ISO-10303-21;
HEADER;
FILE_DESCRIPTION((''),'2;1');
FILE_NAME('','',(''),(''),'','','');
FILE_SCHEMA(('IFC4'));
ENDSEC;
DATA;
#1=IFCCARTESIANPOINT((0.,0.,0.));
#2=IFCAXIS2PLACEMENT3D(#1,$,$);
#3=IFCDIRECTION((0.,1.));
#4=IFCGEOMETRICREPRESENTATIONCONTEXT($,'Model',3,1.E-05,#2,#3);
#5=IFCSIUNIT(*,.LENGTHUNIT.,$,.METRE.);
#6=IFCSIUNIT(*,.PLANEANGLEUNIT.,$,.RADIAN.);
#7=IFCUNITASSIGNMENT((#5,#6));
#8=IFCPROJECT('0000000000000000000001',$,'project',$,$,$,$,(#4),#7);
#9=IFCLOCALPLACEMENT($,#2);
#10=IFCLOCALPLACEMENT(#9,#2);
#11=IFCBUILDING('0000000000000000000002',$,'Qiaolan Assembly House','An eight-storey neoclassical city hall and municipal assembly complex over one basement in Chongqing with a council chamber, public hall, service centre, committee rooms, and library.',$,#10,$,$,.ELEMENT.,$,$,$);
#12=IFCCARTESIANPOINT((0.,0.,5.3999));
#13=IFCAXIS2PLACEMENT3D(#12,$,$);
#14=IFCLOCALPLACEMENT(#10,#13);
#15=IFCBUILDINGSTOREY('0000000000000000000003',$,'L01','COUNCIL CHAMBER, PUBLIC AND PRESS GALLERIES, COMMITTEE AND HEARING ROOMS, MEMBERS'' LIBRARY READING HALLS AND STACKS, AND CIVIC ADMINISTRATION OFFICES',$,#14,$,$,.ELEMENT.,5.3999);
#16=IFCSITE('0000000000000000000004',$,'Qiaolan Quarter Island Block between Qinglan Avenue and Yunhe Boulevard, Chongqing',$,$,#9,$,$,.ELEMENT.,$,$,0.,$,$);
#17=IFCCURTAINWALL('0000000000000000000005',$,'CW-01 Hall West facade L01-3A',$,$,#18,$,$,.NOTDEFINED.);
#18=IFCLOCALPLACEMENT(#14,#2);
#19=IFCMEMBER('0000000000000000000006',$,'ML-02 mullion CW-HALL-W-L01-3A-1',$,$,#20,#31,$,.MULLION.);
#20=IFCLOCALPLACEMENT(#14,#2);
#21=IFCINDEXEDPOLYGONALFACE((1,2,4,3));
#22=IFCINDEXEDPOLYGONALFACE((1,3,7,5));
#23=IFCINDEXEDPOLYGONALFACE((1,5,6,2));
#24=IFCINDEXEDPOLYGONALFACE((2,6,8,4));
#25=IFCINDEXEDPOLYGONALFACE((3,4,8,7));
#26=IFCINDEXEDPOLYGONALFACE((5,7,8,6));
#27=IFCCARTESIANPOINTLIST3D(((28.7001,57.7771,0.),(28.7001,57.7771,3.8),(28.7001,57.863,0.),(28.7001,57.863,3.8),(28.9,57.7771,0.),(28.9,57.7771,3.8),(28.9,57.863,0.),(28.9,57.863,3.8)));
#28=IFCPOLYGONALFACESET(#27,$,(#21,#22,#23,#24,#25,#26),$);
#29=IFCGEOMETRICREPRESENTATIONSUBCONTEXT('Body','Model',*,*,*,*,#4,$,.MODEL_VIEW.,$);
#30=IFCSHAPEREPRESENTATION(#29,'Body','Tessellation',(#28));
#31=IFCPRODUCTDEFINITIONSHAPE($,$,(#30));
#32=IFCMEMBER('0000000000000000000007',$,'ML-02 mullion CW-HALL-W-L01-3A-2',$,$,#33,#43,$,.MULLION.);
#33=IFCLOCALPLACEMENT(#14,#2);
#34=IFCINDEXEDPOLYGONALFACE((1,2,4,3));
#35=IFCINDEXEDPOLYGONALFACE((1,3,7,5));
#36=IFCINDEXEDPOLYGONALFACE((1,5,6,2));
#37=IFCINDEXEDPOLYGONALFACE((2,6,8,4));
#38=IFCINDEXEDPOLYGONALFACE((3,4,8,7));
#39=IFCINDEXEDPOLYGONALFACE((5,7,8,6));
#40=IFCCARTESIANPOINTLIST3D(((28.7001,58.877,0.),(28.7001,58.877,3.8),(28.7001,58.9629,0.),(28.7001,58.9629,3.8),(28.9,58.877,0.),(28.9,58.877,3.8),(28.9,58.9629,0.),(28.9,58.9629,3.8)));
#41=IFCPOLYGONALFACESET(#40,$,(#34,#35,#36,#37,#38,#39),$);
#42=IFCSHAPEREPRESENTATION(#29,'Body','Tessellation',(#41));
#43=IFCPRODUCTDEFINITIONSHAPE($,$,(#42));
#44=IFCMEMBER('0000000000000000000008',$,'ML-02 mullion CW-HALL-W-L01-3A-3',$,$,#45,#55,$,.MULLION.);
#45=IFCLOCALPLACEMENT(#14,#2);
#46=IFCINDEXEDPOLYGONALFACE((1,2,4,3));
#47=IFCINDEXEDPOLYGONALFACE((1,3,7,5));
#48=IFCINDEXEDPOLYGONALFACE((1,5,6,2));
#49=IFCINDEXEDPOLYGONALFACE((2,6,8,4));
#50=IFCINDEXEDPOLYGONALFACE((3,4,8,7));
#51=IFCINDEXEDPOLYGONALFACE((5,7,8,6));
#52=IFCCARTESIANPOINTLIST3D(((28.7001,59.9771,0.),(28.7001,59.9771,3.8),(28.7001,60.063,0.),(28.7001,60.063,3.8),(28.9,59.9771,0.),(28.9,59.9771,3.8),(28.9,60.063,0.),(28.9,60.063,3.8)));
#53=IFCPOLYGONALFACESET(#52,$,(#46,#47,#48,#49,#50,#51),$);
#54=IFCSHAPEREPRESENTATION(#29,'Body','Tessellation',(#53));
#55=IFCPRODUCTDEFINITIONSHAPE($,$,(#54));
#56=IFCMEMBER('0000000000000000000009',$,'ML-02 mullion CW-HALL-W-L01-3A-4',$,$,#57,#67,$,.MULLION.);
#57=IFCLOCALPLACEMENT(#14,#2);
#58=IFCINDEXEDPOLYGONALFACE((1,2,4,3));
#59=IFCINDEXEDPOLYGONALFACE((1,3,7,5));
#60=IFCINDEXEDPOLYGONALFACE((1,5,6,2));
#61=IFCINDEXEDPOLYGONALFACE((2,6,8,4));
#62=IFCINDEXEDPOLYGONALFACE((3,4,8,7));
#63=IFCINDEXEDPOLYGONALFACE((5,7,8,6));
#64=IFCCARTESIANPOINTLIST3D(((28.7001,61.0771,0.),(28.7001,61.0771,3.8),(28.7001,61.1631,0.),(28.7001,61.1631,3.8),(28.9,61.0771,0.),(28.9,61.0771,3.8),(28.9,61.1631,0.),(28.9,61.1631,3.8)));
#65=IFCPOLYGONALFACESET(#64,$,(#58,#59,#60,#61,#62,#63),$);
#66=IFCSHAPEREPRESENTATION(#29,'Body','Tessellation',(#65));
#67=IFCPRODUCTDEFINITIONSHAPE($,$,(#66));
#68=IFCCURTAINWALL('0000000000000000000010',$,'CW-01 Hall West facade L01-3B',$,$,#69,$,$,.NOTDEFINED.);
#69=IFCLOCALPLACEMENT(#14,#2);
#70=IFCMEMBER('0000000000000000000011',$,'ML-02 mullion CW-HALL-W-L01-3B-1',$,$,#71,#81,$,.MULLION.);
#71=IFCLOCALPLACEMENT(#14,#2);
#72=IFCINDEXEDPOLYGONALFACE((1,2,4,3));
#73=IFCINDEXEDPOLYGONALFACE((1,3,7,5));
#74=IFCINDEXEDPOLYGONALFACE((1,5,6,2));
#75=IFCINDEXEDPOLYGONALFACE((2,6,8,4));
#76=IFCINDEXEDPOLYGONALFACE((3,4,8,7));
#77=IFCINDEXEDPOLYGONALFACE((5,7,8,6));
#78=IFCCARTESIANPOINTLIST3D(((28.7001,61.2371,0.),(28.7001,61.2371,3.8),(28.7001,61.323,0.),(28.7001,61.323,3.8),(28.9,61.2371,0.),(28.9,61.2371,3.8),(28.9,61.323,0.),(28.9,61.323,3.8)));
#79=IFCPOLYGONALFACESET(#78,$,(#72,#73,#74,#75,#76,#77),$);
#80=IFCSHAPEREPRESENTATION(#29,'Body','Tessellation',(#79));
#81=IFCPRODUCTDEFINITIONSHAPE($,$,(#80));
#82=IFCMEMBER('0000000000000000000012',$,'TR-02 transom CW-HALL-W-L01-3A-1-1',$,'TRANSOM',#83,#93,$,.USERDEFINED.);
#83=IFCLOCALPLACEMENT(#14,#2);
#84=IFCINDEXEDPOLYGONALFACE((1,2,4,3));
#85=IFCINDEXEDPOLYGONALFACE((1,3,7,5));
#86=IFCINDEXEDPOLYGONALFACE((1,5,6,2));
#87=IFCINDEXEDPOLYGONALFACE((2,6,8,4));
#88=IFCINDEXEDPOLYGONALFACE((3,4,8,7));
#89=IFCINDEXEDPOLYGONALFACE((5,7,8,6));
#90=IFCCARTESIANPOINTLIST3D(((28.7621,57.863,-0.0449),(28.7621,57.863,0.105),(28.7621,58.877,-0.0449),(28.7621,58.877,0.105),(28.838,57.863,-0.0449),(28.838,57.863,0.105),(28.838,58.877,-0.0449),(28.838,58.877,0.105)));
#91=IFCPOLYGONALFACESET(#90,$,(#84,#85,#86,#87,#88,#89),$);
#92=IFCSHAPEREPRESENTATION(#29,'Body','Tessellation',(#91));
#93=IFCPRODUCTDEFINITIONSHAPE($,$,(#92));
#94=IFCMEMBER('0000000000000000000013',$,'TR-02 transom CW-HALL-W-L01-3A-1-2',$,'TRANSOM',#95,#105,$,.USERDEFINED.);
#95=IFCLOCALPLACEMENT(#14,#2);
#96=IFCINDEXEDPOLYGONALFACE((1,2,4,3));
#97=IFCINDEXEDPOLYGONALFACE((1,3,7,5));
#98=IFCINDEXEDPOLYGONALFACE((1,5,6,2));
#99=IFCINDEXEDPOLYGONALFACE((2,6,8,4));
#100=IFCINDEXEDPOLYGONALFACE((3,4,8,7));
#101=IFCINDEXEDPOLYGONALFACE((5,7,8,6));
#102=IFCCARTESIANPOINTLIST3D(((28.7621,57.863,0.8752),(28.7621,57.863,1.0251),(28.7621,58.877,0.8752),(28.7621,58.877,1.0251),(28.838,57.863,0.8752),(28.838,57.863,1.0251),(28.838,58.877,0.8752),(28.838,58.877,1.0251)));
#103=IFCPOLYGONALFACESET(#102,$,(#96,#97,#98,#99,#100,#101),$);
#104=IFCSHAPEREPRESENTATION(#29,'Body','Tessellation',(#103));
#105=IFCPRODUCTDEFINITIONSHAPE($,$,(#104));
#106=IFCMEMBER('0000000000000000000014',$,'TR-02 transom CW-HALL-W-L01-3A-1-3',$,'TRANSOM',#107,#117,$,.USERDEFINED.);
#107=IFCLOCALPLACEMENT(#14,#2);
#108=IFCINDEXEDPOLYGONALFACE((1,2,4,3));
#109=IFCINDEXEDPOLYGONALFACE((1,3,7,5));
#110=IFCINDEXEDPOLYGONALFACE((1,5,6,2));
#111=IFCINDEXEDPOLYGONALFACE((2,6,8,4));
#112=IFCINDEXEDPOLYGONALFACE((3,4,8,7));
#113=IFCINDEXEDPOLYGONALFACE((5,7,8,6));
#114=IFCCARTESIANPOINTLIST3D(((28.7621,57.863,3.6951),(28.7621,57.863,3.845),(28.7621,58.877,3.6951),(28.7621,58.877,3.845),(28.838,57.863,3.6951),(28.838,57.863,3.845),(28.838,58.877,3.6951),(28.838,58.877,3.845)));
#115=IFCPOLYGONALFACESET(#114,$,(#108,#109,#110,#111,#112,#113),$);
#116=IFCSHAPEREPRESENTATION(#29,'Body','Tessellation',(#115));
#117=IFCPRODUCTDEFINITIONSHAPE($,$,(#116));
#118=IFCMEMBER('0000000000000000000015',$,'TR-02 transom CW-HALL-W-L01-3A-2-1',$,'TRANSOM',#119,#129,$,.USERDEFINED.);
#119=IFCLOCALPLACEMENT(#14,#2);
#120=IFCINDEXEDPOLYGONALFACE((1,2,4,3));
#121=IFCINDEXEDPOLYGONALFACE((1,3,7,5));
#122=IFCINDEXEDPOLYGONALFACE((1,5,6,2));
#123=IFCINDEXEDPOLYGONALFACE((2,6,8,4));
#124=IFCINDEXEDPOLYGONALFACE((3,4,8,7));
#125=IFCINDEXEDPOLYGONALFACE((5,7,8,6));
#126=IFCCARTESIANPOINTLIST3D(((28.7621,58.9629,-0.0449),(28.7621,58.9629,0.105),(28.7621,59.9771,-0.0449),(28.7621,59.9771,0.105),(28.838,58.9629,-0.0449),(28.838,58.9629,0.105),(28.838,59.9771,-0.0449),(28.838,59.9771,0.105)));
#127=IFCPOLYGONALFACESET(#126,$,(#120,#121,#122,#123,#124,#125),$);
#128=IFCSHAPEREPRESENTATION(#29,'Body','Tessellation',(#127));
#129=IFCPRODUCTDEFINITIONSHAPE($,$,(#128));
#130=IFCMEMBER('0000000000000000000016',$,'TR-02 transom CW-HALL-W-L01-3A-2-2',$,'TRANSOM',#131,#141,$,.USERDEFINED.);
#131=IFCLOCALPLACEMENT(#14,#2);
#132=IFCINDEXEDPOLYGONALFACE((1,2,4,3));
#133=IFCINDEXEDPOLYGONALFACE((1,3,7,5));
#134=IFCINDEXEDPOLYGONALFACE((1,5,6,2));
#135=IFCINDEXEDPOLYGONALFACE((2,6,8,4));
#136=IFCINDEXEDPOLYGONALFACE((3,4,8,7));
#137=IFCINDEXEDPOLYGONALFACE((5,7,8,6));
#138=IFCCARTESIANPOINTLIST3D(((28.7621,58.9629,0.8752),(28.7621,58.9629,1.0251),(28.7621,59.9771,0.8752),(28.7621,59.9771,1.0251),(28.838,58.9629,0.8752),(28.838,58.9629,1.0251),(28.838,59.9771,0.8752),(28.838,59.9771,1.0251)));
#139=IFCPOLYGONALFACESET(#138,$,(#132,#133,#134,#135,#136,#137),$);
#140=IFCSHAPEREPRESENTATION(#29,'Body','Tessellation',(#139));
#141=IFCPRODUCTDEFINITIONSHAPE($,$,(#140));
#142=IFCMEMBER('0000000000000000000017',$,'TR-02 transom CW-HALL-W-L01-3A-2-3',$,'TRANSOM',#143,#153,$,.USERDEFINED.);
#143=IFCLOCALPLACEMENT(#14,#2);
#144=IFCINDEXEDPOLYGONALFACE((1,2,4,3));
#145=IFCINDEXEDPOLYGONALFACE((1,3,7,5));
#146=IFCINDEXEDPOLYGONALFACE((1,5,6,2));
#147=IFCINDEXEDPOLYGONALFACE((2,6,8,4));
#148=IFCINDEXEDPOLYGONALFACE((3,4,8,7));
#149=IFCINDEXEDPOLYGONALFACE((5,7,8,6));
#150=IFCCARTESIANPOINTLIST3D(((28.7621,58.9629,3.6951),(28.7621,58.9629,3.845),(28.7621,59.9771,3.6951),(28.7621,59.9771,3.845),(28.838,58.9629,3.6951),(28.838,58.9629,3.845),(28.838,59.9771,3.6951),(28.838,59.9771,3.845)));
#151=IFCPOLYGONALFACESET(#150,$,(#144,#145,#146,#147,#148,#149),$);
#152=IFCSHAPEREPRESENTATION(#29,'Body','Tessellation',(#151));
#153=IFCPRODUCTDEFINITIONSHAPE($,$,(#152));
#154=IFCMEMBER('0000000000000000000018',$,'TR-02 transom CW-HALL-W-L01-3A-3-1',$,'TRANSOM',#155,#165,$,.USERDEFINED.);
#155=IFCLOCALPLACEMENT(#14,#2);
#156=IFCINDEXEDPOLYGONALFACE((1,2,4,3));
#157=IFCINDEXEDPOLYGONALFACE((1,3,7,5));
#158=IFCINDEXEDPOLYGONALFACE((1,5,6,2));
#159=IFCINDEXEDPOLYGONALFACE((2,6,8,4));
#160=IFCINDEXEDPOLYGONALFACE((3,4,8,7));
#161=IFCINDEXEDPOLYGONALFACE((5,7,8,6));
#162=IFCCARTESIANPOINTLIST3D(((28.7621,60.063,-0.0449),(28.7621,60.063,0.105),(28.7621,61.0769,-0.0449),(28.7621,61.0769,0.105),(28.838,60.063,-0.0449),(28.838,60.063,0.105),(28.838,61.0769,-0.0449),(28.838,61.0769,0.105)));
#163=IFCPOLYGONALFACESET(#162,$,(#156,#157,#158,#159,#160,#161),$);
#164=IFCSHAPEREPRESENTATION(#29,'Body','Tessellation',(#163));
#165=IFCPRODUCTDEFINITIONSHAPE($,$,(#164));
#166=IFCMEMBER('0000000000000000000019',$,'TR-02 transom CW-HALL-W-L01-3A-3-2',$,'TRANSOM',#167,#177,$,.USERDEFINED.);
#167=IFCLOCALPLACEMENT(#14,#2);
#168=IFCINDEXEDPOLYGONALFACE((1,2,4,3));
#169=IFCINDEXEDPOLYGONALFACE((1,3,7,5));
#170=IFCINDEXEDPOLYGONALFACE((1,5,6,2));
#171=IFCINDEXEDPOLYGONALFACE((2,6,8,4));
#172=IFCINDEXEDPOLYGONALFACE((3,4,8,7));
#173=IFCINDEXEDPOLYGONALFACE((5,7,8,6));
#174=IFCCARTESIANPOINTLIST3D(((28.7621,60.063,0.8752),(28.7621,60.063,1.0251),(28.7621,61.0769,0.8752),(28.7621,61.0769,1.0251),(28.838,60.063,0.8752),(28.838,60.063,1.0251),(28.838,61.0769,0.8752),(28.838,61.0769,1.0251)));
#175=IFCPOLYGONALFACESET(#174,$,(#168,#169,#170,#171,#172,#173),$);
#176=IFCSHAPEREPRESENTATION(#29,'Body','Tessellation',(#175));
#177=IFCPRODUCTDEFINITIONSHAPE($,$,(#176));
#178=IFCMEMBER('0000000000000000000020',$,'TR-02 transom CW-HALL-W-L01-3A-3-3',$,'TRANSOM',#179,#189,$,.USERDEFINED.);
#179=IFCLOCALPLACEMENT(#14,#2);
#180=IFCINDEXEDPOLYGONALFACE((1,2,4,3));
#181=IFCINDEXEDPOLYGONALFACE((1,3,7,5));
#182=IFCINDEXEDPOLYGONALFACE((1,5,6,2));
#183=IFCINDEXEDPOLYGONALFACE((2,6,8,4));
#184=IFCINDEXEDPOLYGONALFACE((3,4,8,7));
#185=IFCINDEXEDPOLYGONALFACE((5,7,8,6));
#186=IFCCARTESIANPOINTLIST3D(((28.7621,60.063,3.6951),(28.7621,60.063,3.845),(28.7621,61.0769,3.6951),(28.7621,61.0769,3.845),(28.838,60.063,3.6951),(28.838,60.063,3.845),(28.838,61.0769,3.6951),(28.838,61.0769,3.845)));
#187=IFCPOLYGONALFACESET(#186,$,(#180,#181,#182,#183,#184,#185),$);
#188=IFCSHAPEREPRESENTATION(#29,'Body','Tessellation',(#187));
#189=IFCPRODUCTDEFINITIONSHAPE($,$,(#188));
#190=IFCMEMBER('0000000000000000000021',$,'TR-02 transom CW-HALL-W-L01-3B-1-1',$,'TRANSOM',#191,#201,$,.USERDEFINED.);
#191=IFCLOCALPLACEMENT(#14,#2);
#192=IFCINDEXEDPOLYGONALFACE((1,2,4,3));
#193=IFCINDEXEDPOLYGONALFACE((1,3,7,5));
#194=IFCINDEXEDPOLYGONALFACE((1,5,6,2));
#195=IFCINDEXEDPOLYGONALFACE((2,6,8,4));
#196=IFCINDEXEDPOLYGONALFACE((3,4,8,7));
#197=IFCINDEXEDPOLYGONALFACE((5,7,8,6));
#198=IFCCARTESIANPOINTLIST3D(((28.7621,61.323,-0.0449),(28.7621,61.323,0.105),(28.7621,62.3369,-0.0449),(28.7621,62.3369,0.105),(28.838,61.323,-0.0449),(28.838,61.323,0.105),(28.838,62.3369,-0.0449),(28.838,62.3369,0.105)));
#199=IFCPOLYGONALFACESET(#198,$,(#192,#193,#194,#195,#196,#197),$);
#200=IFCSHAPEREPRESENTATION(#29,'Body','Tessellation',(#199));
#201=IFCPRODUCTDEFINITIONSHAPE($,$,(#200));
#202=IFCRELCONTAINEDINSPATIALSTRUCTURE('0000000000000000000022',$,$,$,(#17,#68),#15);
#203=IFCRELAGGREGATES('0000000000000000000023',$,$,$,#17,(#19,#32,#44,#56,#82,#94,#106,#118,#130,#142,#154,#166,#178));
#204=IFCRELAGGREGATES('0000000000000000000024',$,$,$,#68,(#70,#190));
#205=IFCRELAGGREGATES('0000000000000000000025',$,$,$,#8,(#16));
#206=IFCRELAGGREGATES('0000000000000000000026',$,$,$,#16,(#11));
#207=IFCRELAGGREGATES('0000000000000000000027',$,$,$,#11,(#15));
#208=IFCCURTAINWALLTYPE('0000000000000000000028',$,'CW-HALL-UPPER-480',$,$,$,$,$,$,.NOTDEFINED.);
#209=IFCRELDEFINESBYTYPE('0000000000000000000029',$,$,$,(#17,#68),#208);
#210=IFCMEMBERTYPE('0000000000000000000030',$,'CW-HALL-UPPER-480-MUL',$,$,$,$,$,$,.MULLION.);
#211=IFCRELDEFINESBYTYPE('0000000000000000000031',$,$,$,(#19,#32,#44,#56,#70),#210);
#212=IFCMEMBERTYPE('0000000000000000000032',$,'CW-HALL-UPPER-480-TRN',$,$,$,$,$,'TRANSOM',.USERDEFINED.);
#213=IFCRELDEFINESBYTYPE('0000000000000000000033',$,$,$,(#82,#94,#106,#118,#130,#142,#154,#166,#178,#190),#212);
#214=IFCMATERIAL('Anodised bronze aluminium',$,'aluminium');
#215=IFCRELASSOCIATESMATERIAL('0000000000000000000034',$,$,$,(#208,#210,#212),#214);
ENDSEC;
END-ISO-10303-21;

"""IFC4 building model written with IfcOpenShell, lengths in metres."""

from ifc_helpers import new_model, si_unit, direction, frame, origin, origin_2d, place, context, subcontext, project, spatial, rectangle, extrude, material, material_profile, profile_set, type_object, element, aggregate, save


model = new_model("IFC4")

# Units and contexts
model_context = context("Model", 3, precision=1e-05, world=origin(), true_north=direction((0.0, 1.0)))
body_context = subcontext(model_context, "Body", "Model", "MODEL_VIEW")
ifc_project = project(units=[si_unit("LENGTHUNIT", "METRE"), si_unit("PLANEANGLEUNIT", "RADIAN")], contexts=[model_context])

# Site, building, storey
site_placement = place(None, origin())
site = spatial("IfcSite", under=ifc_project, at=site_placement, Name="Qiaolan Quarter Island Block between Qinglan Avenue and Yunhe Boulevard, Chongqing", CompositionType="ELEMENT", RefElevation=0.0)
building_placement = place(site_placement, origin())
building = spatial("IfcBuilding", under=site, at=building_placement, Name="Qiaolan Assembly House", Description="An eight-storey neoclassical city hall and municipal assembly complex over one basement in Chongqing with a council chamber, public hall, service centre, committee rooms, and library.", CompositionType="ELEMENT")
storey_placement = place(building_placement, frame((0.0, 0.0, 5.3999)))
storey = spatial("IfcBuildingStorey", under=building, at=storey_placement, Name="L01", Description="COUNCIL CHAMBER, PUBLIC AND PRESS GALLERIES, COMMITTEE AND HEARING ROOMS, MEMBERS' LIBRARY READING HALLS AND STACKS, AND CIVIC ADMINISTRATION OFFICES", CompositionType="ELEMENT", Elevation=5.3999)

# Curtain wall, members
ifc_material_1 = material(Name="Anodised bronze aluminium", Category="aluminium")
curtain_wall_type = type_object("IfcCurtainWallType", Name="CW-HALL-UPPER-480", PredefinedType="NOTDEFINED", material=ifc_material_1)
curtain_wall_1_placement = place(storey_placement, origin())
curtain_wall_1 = element("IfcCurtainWall", 1, at=curtain_wall_1_placement, inside=storey, type_object=curtain_wall_type, Name="CW-01 Hall West facade L01-3A", PredefinedType="NOTDEFINED")
ifc_material_profile_1 = material_profile(ifc_material_1, rectangle(XDim=0.0859, YDim=0.2, at=origin_2d()), Name="MUL 86x200")
ifc_profile_set_1 = profile_set([ifc_material_profile_1], Name="Anodised bronze aluminium")
member_type_1 = type_object("IfcMemberType", Name="CW-HALL-UPPER-480-MUL", PredefinedType="MULLION", material=ifc_profile_set_1)
member_1_placement = place(storey_placement, frame((28.8, 57.8201, 0.0), z_axis=(0.0, 0.0, 1.0), x_axis=(0.0, 1.0, 0.0)))
member_1 = element("IfcMember", 2, at=member_1_placement, type_object=member_type_1, Name="ML-02 mullion CW-HALL-W-L01-3A-1", PredefinedType="MULLION", context=body_context, shape_type="SweptSolid", body=[
    extrude(rectangle(XDim=0.0859, YDim=0.2, at=origin_2d()), origin(), (0.0, 0.0, 1.0), 3.8),
])
member_2_placement = place(storey_placement, frame((28.8, 58.9199, 0.0), z_axis=(0.0, 0.0, 1.0), x_axis=(0.0, 1.0, 0.0)))
member_2 = element("IfcMember", 3, at=member_2_placement, type_object=member_type_1, Name="ML-02 mullion CW-HALL-W-L01-3A-2", PredefinedType="MULLION", context=body_context, shape_type="SweptSolid", body=[
    extrude(rectangle(XDim=0.0859, YDim=0.2, at=origin_2d()), origin(), (0.0, 0.0, 1.0), 3.8),
])
member_3_placement = place(storey_placement, frame((28.8, 60.02, 0.0), z_axis=(0.0, 0.0, 1.0), x_axis=(0.0, 1.0, 0.0)))
member_3 = element("IfcMember", 4, at=member_3_placement, type_object=member_type_1, Name="ML-02 mullion CW-HALL-W-L01-3A-3", PredefinedType="MULLION", context=body_context, shape_type="SweptSolid", body=[
    extrude(rectangle(XDim=0.0859, YDim=0.2, at=origin_2d()), origin(), (0.0, 0.0, 1.0), 3.8),
])
member_4_placement = place(storey_placement, frame((28.8, 61.1201, 0.0), z_axis=(0.0, 0.0, 1.0), x_axis=(0.0, 1.0, 0.0)))
member_4 = element("IfcMember", 5, at=member_4_placement, type_object=member_type_1, Name="ML-02 mullion CW-HALL-W-L01-3A-4", PredefinedType="MULLION", context=body_context, shape_type="SweptSolid", body=[
    extrude(rectangle(XDim=0.0859, YDim=0.2, at=origin_2d()), origin(), (0.0, 0.0, 1.0), 3.8),
])

# Curtain wall, member
curtain_wall_2_placement = place(storey_placement, origin())
curtain_wall_2 = element("IfcCurtainWall", 6, at=curtain_wall_2_placement, inside=storey, type_object=curtain_wall_type, Name="CW-01 Hall West facade L01-3B", PredefinedType="NOTDEFINED")
member_5_placement = place(storey_placement, frame((28.8, 61.28, 0.0), z_axis=(0.0, 0.0, 1.0), x_axis=(0.0, 1.0, 0.0)))
member_5 = element("IfcMember", 7, at=member_5_placement, type_object=member_type_1, Name="ML-02 mullion CW-HALL-W-L01-3B-1", PredefinedType="MULLION", context=body_context, shape_type="SweptSolid", body=[
    extrude(rectangle(XDim=0.0859, YDim=0.2, at=origin_2d()), origin(), (0.0, 0.0, 1.0), 3.8),
])

# Members
ifc_material_profile_2 = material_profile(ifc_material_1, rectangle(XDim=0.0759, YDim=0.1499, at=origin_2d()), Name="TRN 76x150")
ifc_profile_set_2 = profile_set([ifc_material_profile_2], Name="Anodised bronze aluminium")
member_type_2 = type_object("IfcMemberType", Name="CW-HALL-UPPER-480-TRN", ElementType="TRANSOM", PredefinedType="USERDEFINED", material=ifc_profile_set_2)
member_6_placement = place(storey_placement, frame((28.8, 57.863, 0.03), z_axis=(0.0, 1.0, 0.0), x_axis=(-1.0, 0.0, 0.0)))
member_6 = element("IfcMember", 8, at=member_6_placement, type_object=member_type_2, Name="TR-02 transom CW-HALL-W-L01-3A-1-1", ObjectType="TRANSOM", PredefinedType="USERDEFINED", context=body_context, shape_type="SweptSolid", body=[
    extrude(rectangle(XDim=0.0759, YDim=0.1499, at=origin_2d()), origin(), (0.0, 0.0, 1.0), 1.0139),
])
member_7_placement = place(storey_placement, frame((28.8, 57.863, 0.9502), z_axis=(0.0, 1.0, 0.0), x_axis=(-1.0, 0.0, 0.0)))
member_7 = element("IfcMember", 9, at=member_7_placement, type_object=member_type_2, Name="TR-02 transom CW-HALL-W-L01-3A-1-2", ObjectType="TRANSOM", PredefinedType="USERDEFINED", context=body_context, shape_type="SweptSolid", body=[
    extrude(rectangle(XDim=0.0759, YDim=0.1499, at=origin_2d()), origin(), (0.0, 0.0, 1.0), 1.0139),
])
member_8_placement = place(storey_placement, frame((28.8, 57.863, 3.77), z_axis=(0.0, 1.0, 0.0), x_axis=(-1.0, 0.0, 0.0)))
member_8 = element("IfcMember", 10, at=member_8_placement, type_object=member_type_2, Name="TR-02 transom CW-HALL-W-L01-3A-1-3", ObjectType="TRANSOM", PredefinedType="USERDEFINED", context=body_context, shape_type="SweptSolid", body=[
    extrude(rectangle(XDim=0.0759, YDim=0.1499, at=origin_2d()), origin(), (0.0, 0.0, 1.0), 1.0139),
])
member_9_placement = place(storey_placement, frame((28.8, 58.9629, 0.03), z_axis=(0.0, 1.0, 0.0), x_axis=(-1.0, 0.0, 0.0)))
member_9 = element("IfcMember", 11, at=member_9_placement, type_object=member_type_2, Name="TR-02 transom CW-HALL-W-L01-3A-2-1", ObjectType="TRANSOM", PredefinedType="USERDEFINED", context=body_context, shape_type="SweptSolid", body=[
    extrude(rectangle(XDim=0.0759, YDim=0.1499, at=origin_2d()), origin(), (0.0, 0.0, 1.0), 1.0142),
])
member_10_placement = place(storey_placement, frame((28.8, 58.9629, 0.9502), z_axis=(0.0, 1.0, 0.0), x_axis=(-1.0, 0.0, 0.0)))
member_10 = element("IfcMember", 12, at=member_10_placement, type_object=member_type_2, Name="TR-02 transom CW-HALL-W-L01-3A-2-2", ObjectType="TRANSOM", PredefinedType="USERDEFINED", context=body_context, shape_type="SweptSolid", body=[
    extrude(rectangle(XDim=0.0759, YDim=0.1499, at=origin_2d()), origin(), (0.0, 0.0, 1.0), 1.0142),
])
member_11_placement = place(storey_placement, frame((28.8, 58.9629, 3.77), z_axis=(0.0, 1.0, 0.0), x_axis=(-1.0, 0.0, 0.0)))
member_11 = element("IfcMember", 13, at=member_11_placement, type_object=member_type_2, Name="TR-02 transom CW-HALL-W-L01-3A-2-3", ObjectType="TRANSOM", PredefinedType="USERDEFINED", context=body_context, shape_type="SweptSolid", body=[
    extrude(rectangle(XDim=0.0759, YDim=0.1499, at=origin_2d()), origin(), (0.0, 0.0, 1.0), 1.0142),
])
member_12_placement = place(storey_placement, frame((28.8, 60.063, 0.03), z_axis=(0.0, 1.0, 0.0), x_axis=(-1.0, 0.0, 0.0)))
member_12 = element("IfcMember", 14, at=member_12_placement, type_object=member_type_2, Name="TR-02 transom CW-HALL-W-L01-3A-3-1", ObjectType="TRANSOM", PredefinedType="USERDEFINED", context=body_context, shape_type="SweptSolid", body=[
    extrude(rectangle(XDim=0.0759, YDim=0.1499, at=origin_2d()), origin(), (0.0, 0.0, 1.0), 1.0139),
])
member_13_placement = place(storey_placement, frame((28.8, 60.063, 0.9502), z_axis=(0.0, 1.0, 0.0), x_axis=(-1.0, 0.0, 0.0)))
member_13 = element("IfcMember", 15, at=member_13_placement, type_object=member_type_2, Name="TR-02 transom CW-HALL-W-L01-3A-3-2", ObjectType="TRANSOM", PredefinedType="USERDEFINED", context=body_context, shape_type="SweptSolid", body=[
    extrude(rectangle(XDim=0.0759, YDim=0.1499, at=origin_2d()), origin(), (0.0, 0.0, 1.0), 1.0139),
])
member_14_placement = place(storey_placement, frame((28.8, 60.063, 3.77), z_axis=(0.0, 1.0, 0.0), x_axis=(-1.0, 0.0, 0.0)))
member_14 = element("IfcMember", 16, at=member_14_placement, type_object=member_type_2, Name="TR-02 transom CW-HALL-W-L01-3A-3-3", ObjectType="TRANSOM", PredefinedType="USERDEFINED", context=body_context, shape_type="SweptSolid", body=[
    extrude(rectangle(XDim=0.0759, YDim=0.1499, at=origin_2d()), origin(), (0.0, 0.0, 1.0), 1.0139),
])
member_15_placement = place(storey_placement, frame((28.8, 61.323, 0.03), z_axis=(0.0, 1.0, 0.0), x_axis=(-1.0, 0.0, 0.0)))
member_15 = element("IfcMember", 17, at=member_15_placement, type_object=member_type_2, Name="TR-02 transom CW-HALL-W-L01-3B-1-1", ObjectType="TRANSOM", PredefinedType="USERDEFINED", context=body_context, shape_type="SweptSolid", body=[
    extrude(rectangle(XDim=0.0759, YDim=0.1499, at=origin_2d()), origin(), (0.0, 0.0, 1.0), 1.0139),
])

aggregate(curtain_wall_1, [member_1, member_2, member_3, member_4, member_6, member_7, member_8, member_9, member_10, member_11, member_12, member_13, member_14])
aggregate(curtain_wall_2, [member_5, member_15])

save(model, "model.ifc")
